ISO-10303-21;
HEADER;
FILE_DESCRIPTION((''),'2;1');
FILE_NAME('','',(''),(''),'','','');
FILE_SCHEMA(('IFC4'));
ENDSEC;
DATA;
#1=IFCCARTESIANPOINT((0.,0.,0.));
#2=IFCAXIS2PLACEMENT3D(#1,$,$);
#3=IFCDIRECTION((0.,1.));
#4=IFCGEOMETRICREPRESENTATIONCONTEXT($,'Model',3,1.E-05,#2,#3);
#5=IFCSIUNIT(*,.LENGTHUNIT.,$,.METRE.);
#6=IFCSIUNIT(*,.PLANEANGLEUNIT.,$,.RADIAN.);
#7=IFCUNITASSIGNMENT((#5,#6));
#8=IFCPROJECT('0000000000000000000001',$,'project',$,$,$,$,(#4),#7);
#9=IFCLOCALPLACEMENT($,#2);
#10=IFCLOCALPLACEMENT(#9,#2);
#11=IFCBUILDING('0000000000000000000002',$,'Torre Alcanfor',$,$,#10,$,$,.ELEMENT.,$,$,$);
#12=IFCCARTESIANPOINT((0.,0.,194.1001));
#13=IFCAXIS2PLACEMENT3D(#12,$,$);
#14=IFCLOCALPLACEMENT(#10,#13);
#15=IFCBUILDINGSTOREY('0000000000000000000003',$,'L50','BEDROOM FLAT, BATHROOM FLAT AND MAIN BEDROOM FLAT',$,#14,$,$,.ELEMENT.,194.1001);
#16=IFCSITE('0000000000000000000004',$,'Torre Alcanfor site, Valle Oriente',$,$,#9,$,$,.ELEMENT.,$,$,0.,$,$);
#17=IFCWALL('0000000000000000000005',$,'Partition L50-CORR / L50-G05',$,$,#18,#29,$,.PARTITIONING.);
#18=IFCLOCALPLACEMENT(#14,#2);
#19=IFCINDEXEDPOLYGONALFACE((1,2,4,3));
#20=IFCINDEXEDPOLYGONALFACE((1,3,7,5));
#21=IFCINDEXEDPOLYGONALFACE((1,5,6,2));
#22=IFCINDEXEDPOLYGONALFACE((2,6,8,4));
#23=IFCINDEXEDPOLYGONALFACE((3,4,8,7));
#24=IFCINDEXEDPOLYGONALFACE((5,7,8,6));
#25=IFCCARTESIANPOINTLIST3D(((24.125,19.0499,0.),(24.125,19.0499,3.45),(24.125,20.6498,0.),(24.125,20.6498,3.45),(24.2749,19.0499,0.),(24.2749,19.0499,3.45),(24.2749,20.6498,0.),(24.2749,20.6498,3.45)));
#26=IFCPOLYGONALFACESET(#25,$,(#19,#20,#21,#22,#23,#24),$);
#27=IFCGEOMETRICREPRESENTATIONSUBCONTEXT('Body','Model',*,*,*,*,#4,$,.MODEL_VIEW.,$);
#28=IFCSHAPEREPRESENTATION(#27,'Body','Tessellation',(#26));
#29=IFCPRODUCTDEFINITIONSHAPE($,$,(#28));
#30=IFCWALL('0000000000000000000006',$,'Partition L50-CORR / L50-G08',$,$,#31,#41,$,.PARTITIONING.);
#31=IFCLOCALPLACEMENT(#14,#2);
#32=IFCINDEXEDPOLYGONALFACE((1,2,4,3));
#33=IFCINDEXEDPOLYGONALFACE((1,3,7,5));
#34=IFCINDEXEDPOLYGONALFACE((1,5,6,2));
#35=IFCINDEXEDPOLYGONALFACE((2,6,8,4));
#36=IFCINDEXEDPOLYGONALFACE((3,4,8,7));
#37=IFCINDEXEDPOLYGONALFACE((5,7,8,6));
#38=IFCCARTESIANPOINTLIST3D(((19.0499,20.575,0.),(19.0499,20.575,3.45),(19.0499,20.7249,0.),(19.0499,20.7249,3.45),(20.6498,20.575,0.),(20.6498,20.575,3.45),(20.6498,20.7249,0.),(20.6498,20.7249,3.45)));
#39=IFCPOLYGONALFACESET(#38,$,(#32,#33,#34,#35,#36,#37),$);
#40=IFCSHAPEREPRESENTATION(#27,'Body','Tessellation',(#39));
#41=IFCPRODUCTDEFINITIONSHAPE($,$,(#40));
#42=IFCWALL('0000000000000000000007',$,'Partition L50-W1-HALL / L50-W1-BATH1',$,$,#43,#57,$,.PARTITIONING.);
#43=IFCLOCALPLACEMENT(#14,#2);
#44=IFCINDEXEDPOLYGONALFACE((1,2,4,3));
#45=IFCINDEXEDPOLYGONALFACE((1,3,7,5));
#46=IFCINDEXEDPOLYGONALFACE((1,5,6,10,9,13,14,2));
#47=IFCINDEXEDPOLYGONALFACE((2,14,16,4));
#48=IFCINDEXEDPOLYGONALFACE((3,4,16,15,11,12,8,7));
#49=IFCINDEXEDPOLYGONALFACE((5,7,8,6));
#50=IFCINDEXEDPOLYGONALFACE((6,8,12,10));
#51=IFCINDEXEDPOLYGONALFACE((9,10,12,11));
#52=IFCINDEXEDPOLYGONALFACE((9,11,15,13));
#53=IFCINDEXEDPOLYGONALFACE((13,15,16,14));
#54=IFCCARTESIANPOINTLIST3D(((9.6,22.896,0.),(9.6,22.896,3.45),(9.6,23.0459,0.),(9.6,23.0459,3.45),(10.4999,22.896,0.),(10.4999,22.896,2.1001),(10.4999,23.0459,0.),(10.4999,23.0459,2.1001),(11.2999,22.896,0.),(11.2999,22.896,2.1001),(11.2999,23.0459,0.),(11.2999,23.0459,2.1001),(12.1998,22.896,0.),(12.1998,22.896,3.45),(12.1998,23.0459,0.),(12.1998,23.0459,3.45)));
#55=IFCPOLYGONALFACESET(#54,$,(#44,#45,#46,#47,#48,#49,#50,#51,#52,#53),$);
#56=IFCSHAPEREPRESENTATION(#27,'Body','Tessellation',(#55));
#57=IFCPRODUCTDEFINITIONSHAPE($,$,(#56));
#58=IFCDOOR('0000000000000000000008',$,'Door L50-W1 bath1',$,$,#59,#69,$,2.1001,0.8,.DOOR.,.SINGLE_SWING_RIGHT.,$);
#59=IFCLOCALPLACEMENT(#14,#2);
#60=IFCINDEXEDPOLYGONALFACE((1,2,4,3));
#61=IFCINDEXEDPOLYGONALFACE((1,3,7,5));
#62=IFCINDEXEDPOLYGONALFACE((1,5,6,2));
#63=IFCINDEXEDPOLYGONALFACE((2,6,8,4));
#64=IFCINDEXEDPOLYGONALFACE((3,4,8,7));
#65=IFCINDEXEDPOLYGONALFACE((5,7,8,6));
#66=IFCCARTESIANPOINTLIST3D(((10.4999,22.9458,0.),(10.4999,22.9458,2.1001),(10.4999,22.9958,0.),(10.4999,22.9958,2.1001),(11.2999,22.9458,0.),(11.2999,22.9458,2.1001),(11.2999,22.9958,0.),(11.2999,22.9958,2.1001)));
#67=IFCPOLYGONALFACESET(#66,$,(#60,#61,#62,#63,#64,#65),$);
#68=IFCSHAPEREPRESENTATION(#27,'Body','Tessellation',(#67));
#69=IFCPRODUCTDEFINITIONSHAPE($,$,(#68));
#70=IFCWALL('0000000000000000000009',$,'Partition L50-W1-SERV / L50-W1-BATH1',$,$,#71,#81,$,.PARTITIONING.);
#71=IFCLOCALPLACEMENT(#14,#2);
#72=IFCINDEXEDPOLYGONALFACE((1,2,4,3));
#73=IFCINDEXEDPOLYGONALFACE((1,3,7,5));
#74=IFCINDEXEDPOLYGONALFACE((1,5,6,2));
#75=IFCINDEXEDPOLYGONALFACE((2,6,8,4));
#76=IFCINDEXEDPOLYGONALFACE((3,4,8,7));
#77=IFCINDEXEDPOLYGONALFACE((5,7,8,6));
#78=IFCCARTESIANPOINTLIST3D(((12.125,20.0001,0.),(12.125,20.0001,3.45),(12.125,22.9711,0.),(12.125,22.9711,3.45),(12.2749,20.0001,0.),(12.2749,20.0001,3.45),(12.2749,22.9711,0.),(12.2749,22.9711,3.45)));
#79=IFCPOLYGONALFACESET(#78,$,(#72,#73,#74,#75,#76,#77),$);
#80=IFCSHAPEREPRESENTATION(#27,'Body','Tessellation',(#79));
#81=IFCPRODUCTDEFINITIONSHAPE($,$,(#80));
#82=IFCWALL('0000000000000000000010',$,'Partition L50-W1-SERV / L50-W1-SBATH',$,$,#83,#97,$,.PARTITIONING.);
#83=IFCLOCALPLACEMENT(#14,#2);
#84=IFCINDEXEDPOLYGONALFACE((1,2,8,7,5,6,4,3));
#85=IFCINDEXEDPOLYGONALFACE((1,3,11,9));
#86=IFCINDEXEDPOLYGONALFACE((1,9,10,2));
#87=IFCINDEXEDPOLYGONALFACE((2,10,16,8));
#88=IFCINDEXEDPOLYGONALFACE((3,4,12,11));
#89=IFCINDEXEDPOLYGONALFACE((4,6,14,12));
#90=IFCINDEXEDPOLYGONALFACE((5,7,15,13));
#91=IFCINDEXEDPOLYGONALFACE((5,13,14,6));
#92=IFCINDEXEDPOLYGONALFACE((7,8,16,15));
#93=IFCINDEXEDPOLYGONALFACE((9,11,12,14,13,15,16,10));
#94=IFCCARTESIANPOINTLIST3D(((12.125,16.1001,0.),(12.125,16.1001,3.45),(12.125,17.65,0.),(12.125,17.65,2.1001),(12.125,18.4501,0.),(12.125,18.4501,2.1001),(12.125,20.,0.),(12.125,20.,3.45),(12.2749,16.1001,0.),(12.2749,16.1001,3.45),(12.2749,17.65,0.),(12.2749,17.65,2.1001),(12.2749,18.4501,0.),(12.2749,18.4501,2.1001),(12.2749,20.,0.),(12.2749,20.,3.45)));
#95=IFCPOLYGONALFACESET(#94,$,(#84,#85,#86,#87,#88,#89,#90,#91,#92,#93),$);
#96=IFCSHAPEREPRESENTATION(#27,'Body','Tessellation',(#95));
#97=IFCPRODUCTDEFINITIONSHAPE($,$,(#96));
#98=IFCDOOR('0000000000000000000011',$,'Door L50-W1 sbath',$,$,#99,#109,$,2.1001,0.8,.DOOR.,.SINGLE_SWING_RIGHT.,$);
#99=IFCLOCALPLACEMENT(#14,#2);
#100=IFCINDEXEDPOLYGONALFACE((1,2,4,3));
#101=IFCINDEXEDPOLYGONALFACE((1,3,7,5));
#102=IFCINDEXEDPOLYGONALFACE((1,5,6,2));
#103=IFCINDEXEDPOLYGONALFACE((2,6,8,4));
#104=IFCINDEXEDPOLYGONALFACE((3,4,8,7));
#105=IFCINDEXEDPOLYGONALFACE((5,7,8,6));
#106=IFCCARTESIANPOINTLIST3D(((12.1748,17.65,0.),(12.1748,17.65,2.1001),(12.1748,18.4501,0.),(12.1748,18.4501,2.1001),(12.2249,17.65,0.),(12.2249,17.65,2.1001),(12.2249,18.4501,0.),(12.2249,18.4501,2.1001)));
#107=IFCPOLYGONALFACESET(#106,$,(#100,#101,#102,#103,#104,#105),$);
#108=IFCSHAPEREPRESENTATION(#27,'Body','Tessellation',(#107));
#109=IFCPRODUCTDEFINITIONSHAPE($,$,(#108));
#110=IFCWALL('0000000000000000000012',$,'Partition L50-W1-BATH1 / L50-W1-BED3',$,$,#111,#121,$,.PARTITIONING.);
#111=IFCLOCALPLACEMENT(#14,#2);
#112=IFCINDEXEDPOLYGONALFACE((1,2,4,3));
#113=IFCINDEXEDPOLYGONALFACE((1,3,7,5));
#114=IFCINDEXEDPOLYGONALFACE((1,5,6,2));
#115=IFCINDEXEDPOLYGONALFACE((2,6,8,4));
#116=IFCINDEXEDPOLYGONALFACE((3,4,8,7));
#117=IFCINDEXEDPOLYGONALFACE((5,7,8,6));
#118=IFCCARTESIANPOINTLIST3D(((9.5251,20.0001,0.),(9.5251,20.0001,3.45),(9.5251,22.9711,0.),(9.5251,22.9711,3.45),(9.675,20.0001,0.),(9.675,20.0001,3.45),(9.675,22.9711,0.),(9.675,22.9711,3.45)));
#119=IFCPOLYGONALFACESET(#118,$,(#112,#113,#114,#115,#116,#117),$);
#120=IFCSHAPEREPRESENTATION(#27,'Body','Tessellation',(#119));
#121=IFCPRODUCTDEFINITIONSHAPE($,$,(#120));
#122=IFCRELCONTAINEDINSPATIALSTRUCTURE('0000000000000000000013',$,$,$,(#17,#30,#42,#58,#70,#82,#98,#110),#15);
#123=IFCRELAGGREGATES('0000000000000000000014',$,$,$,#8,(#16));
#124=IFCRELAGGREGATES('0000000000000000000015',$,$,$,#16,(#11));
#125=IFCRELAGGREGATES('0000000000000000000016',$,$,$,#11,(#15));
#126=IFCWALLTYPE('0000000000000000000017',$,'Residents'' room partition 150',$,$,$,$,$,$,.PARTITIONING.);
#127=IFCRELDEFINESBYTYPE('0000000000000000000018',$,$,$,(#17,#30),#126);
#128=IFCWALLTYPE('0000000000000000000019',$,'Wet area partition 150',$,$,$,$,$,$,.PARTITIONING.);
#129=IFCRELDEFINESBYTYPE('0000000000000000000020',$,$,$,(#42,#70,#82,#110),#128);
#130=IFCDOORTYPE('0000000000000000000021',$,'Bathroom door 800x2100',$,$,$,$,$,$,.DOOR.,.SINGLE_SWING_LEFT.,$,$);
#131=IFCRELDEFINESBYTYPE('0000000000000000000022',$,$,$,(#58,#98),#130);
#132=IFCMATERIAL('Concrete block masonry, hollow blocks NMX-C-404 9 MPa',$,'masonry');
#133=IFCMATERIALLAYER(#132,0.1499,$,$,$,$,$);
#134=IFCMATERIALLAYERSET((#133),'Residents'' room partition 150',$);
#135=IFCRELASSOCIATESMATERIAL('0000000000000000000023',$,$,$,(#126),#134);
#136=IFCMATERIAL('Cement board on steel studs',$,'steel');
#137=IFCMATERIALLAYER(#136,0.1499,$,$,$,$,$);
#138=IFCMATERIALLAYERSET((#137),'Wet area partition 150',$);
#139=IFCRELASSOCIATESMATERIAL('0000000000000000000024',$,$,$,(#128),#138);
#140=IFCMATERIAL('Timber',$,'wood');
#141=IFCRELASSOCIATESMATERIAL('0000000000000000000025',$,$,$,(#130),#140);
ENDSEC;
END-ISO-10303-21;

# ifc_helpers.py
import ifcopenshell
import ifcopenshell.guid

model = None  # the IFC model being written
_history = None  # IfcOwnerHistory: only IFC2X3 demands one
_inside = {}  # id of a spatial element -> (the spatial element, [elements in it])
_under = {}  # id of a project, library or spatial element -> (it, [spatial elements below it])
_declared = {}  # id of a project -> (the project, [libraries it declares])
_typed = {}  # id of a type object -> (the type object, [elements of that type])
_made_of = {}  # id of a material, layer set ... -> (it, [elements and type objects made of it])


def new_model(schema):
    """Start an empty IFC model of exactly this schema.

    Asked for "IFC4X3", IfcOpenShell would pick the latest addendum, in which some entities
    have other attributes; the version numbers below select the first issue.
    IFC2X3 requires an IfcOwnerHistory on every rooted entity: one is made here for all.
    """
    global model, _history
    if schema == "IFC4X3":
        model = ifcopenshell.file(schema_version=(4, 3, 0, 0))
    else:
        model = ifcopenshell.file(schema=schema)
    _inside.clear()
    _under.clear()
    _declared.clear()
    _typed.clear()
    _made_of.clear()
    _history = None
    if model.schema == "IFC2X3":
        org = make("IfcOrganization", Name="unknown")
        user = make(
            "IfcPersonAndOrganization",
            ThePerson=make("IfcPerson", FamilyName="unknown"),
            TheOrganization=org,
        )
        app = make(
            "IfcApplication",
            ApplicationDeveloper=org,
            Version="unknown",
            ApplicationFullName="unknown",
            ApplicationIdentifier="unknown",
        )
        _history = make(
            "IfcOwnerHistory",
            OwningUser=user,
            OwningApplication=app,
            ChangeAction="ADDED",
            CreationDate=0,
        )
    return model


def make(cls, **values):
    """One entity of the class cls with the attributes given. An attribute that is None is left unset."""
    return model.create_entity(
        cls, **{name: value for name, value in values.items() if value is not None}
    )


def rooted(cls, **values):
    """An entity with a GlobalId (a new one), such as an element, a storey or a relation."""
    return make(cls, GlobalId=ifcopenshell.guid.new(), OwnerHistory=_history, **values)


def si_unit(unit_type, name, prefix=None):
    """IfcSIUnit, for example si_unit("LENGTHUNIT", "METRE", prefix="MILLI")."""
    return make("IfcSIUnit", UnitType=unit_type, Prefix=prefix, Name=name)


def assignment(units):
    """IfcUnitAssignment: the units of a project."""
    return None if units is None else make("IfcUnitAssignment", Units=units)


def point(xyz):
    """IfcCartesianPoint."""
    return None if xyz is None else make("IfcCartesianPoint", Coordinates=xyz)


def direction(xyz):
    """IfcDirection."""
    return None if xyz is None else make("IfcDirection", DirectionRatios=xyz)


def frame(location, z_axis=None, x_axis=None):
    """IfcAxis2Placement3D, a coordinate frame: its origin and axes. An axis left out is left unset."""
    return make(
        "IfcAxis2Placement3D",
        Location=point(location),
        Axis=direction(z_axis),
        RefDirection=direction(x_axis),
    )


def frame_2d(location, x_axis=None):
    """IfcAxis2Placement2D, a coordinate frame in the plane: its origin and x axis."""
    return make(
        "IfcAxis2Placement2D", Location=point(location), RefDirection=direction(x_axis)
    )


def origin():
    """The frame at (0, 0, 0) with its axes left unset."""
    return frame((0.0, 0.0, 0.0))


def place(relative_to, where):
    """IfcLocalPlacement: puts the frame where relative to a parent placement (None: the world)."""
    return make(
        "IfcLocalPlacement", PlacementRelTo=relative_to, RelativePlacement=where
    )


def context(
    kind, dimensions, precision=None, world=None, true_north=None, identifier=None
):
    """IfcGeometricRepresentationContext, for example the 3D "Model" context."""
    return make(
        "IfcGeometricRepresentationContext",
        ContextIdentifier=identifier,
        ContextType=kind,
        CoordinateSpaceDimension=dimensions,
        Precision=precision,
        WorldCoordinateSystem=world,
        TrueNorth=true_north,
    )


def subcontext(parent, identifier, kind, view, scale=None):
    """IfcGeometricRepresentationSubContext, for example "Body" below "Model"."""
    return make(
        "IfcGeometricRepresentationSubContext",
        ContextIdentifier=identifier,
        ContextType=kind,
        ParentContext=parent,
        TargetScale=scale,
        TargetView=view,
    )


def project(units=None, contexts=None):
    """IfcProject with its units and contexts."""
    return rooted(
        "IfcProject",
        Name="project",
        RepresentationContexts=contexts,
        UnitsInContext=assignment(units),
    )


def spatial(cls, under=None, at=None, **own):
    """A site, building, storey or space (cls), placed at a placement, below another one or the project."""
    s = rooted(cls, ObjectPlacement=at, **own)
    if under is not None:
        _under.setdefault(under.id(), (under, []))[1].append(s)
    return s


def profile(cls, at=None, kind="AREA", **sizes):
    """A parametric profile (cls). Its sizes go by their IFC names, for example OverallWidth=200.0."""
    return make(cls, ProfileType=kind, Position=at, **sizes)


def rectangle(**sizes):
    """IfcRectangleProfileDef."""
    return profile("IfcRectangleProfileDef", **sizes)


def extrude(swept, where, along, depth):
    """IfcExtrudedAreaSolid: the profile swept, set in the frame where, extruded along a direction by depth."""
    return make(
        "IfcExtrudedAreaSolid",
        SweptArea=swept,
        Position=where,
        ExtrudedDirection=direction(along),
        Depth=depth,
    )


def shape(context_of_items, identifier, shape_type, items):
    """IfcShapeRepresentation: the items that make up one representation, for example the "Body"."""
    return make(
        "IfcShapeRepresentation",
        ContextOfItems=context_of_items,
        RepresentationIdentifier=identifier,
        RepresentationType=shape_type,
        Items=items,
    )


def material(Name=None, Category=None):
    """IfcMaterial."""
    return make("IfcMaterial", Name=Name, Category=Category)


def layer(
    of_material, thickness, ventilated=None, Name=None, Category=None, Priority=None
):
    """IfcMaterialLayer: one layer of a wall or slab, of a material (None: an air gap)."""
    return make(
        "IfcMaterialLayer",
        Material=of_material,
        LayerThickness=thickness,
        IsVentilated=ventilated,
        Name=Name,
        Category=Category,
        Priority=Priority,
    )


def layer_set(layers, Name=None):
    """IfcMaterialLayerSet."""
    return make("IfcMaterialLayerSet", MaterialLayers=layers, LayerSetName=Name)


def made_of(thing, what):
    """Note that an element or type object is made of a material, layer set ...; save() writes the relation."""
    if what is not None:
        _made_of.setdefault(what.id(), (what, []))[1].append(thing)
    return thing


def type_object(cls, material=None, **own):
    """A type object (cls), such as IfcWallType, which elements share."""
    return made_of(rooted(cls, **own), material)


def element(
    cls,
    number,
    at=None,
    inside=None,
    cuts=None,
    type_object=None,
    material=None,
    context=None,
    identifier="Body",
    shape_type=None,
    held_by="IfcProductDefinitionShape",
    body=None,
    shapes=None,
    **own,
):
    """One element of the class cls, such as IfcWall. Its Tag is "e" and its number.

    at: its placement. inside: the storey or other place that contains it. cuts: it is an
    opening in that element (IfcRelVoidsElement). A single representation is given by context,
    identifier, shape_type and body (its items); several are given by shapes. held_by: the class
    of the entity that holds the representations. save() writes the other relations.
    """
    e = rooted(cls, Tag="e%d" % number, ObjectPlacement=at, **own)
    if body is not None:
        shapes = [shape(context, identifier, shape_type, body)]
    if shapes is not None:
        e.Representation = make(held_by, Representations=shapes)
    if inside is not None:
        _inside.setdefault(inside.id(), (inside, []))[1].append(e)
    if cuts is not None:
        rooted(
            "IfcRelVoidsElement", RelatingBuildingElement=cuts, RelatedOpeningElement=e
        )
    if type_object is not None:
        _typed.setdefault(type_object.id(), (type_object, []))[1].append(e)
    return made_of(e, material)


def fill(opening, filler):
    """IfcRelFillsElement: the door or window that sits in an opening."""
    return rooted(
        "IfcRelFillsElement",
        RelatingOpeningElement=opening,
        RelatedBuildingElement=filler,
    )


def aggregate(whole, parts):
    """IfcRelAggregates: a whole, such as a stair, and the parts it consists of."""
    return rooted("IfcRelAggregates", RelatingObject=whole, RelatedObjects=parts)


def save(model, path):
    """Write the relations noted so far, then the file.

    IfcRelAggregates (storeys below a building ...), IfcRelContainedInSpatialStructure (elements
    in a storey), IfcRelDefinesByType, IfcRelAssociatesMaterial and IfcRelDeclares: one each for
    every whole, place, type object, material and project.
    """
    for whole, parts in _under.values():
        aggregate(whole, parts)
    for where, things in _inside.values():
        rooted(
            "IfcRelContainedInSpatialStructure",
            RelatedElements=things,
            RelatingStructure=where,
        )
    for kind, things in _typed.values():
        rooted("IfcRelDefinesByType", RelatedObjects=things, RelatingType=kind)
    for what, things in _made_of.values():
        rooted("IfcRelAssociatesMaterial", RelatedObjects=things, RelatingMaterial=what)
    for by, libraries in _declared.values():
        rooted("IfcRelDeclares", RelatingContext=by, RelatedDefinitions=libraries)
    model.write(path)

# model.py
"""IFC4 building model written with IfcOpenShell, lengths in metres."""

from ifc_helpers import new_model, si_unit, direction, frame, frame_2d, origin, place, context, subcontext, project, spatial, rectangle, extrude, material, layer, layer_set, type_object, element, fill, save


model = new_model("IFC4")

# Units and contexts
model_context = context("Model", 3, precision=1e-05, world=origin(), true_north=direction((0.0, 1.0)))
body_context = subcontext(model_context, "Body", "Model", "MODEL_VIEW")
ifc_project = project(units=[si_unit("LENGTHUNIT", "METRE"), si_unit("PLANEANGLEUNIT", "RADIAN")], contexts=[model_context])

# Site, building, storey
site_placement = place(None, origin())
site = spatial("IfcSite", under=ifc_project, at=site_placement, Name="Torre Alcanfor site, Valle Oriente", CompositionType="ELEMENT", RefElevation=0.0)
building_placement = place(site_placement, origin())
building = spatial("IfcBuilding", under=site, at=building_placement, Name="Torre Alcanfor", CompositionType="ELEMENT")
storey_placement = place(building_placement, frame((0.0, 0.0, 194.1001)))
storey = spatial("IfcBuildingStorey", under=building, at=storey_placement, Name="L50", Description="BEDROOM FLAT, BATHROOM FLAT AND MAIN BEDROOM FLAT", CompositionType="ELEMENT", Elevation=194.1001)

# Shared definitions
ifc_material_1 = material(Name="Concrete block masonry, hollow blocks NMX-C-404 9 MPa", Category="masonry")
ifc_layer_1 = layer(ifc_material_1, 0.1499)
ifc_layer_set_1 = layer_set([ifc_layer_1], Name="Residents' room partition 150")
wall_type_1 = type_object("IfcWallType", Name="Residents' room partition 150", PredefinedType="PARTITIONING", material=ifc_layer_set_1)

# Walls
for number, where, z_axis, x_axis, name in (
    (1, (24.2, 19.05, 0.0), (0.0, 0.0, 1.0), (0.0, 1.0, 0.0), "Partition L50-CORR / L50-G05"),
    (2, (19.05, 20.6499, 0.0), (0.0, 0.0, 1.0), (1.0, 0.0, 0.0), "Partition L50-CORR / L50-G08"),
):
    element("IfcWall", number, at=place(storey_placement, frame(where, z_axis=z_axis, x_axis=x_axis)), inside=storey, type_object=wall_type_1, Name=name, PredefinedType="PARTITIONING", context=body_context, shape_type="SweptSolid", body=[
        extrude(rectangle(XDim=1.5999, YDim=0.1499, at=frame_2d((0.7998, 0.0))), origin(), (0.0, 0.0, 1.0), 3.45),
    ])

# Wall, opening, door
ifc_material_2 = material(Name="Cement board on steel studs", Category="steel")
ifc_layer_2 = layer(ifc_material_2, 0.1499)
ifc_layer_set_2 = layer_set([ifc_layer_2], Name="Wet area partition 150")
wall_type_2 = type_object("IfcWallType", Name="Wet area partition 150", PredefinedType="PARTITIONING", material=ifc_layer_set_2)
wall_1_placement = place(storey_placement, frame((9.6001, 22.9709, 0.0), z_axis=(0.0, 0.0, 1.0), x_axis=(1.0, 0.0, 0.0)))
wall_1 = element("IfcWall", 3, at=wall_1_placement, inside=storey, type_object=wall_type_2, Name="Partition L50-W1-HALL / L50-W1-BATH1", PredefinedType="PARTITIONING", context=body_context, shape_type="SweptSolid", body=[
    extrude(rectangle(XDim=2.5999, YDim=0.1499, at=frame_2d((1.2998, 0.0))), origin(), (0.0, 0.0, 1.0), 3.45),
])
opening_1_placement = place(wall_1_placement, frame((0.8999, 0.0, 0.0)))
opening_1 = element("IfcOpeningElement", 4, at=opening_1_placement, cuts=wall_1, PredefinedType="OPENING", context=body_context, shape_type="SweptSolid", body=[
    extrude(rectangle(XDim=0.8, YDim=2.1001, at=frame_2d((0.3999, 1.05))), frame((0.0, 0.085, 0.0), z_axis=(0.0, -1.0, 0.0), x_axis=(1.0, 0.0, 0.0)), (0.0, 0.0, 1.0), 0.1699),
])
ifc_material_3 = material(Name="Timber", Category="wood")
door_type_1 = type_object("IfcDoorType", Name="Bathroom door 800x2100", OperationType="SINGLE_SWING_LEFT", PredefinedType="DOOR", material=ifc_material_3)
door_1_placement = place(opening_1_placement, frame((0.8, 0.0, 0.0), z_axis=(0.0, 0.0, 1.0), x_axis=(-1.0, 0.0, 0.0)))
door_1 = element("IfcDoor", 5, at=door_1_placement, inside=storey, type_object=door_type_1, Name="Door L50-W1 bath1", OperationType="SINGLE_SWING_RIGHT", OverallHeight=2.1001, OverallWidth=0.8, PredefinedType="DOOR", context=body_context, shape_type="SweptSolid", body=[
    extrude(rectangle(XDim=0.8, YDim=2.1001, at=frame_2d((0.4001, 1.05))), frame((0.0, 0.0251, 0.0), z_axis=(0.0, -1.0, 0.0), x_axis=(1.0, 0.0, 0.0)), (0.0, 0.0, 1.0), 0.05),
])
fill(opening_1, door_1)

# Wall
wall_2_placement = place(storey_placement, frame((12.2, 22.9709, 0.0), z_axis=(0.0, 0.0, 1.0), x_axis=(0.0, -1.0, 0.0)))
element("IfcWall", 6, at=wall_2_placement, inside=storey, type_object=wall_type_2, Name="Partition L50-W1-SERV / L50-W1-BATH1", PredefinedType="PARTITIONING", context=body_context, shape_type="SweptSolid", body=[
    extrude(rectangle(XDim=2.9709, YDim=0.1499, at=frame_2d((1.4854, 0.0))), origin(), (0.0, 0.0, 1.0), 3.45),
])

# Wall, opening, door
wall_3_placement = place(storey_placement, frame((12.2, 20.0, 0.0), z_axis=(0.0, 0.0, 1.0), x_axis=(0.0, -1.0, 0.0)))
wall_3 = element("IfcWall", 7, at=wall_3_placement, inside=storey, type_object=wall_type_2, Name="Partition L50-W1-SERV / L50-W1-SBATH", PredefinedType="PARTITIONING", context=body_context, shape_type="SweptSolid", body=[
    extrude(rectangle(XDim=3.8999, YDim=0.1499, at=frame_2d((1.95, 0.0))), origin(), (0.0, 0.0, 1.0), 3.45),
])
opening_2_placement = place(wall_3_placement, frame((1.55, 0.0, 0.0)))
opening_2 = element("IfcOpeningElement", 8, at=opening_2_placement, cuts=wall_3, PredefinedType="OPENING", context=body_context, shape_type="SweptSolid", body=[
    extrude(rectangle(XDim=0.8, YDim=2.1001, at=frame_2d((0.3999, 1.05))), frame((0.0, 0.085, 0.0), z_axis=(0.0, -1.0, 0.0), x_axis=(1.0, 0.0, 0.0)), (0.0, 0.0, 1.0), 0.1699),
])
door_2_placement = place(opening_2_placement, frame((0.8, 0.0, 0.0), z_axis=(0.0, 0.0, 1.0), x_axis=(-1.0, 0.0, 0.0)))
door_2 = element("IfcDoor", 9, at=door_2_placement, inside=storey, type_object=door_type_1, Name="Door L50-W1 sbath", OperationType="SINGLE_SWING_RIGHT", OverallHeight=2.1001, OverallWidth=0.8, PredefinedType="DOOR", context=body_context, shape_type="SweptSolid", body=[
    extrude(rectangle(XDim=0.8, YDim=2.1001, at=frame_2d((0.4001, 1.05))), frame((0.0, 0.0251, 0.0), z_axis=(0.0, -1.0, 0.0), x_axis=(1.0, 0.0, 0.0)), (0.0, 0.0, 1.0), 0.05),
])
fill(opening_2, door_2)

# Wall
wall_4_placement = place(storey_placement, frame((9.6001, 22.9709, 0.0), z_axis=(0.0, 0.0, 1.0), x_axis=(0.0, -1.0, 0.0)))
element("IfcWall", 10, at=wall_4_placement, inside=storey, type_object=wall_type_2, Name="Partition L50-W1-BATH1 / L50-W1-BED3", PredefinedType="PARTITIONING", context=body_context, shape_type="SweptSolid", body=[
    extrude(rectangle(XDim=2.9709, YDim=0.1499, at=frame_2d((1.4854, 0.0))), origin(), (0.0, 0.0, 1.0), 3.45),
])

save(model, "model.ifc")
